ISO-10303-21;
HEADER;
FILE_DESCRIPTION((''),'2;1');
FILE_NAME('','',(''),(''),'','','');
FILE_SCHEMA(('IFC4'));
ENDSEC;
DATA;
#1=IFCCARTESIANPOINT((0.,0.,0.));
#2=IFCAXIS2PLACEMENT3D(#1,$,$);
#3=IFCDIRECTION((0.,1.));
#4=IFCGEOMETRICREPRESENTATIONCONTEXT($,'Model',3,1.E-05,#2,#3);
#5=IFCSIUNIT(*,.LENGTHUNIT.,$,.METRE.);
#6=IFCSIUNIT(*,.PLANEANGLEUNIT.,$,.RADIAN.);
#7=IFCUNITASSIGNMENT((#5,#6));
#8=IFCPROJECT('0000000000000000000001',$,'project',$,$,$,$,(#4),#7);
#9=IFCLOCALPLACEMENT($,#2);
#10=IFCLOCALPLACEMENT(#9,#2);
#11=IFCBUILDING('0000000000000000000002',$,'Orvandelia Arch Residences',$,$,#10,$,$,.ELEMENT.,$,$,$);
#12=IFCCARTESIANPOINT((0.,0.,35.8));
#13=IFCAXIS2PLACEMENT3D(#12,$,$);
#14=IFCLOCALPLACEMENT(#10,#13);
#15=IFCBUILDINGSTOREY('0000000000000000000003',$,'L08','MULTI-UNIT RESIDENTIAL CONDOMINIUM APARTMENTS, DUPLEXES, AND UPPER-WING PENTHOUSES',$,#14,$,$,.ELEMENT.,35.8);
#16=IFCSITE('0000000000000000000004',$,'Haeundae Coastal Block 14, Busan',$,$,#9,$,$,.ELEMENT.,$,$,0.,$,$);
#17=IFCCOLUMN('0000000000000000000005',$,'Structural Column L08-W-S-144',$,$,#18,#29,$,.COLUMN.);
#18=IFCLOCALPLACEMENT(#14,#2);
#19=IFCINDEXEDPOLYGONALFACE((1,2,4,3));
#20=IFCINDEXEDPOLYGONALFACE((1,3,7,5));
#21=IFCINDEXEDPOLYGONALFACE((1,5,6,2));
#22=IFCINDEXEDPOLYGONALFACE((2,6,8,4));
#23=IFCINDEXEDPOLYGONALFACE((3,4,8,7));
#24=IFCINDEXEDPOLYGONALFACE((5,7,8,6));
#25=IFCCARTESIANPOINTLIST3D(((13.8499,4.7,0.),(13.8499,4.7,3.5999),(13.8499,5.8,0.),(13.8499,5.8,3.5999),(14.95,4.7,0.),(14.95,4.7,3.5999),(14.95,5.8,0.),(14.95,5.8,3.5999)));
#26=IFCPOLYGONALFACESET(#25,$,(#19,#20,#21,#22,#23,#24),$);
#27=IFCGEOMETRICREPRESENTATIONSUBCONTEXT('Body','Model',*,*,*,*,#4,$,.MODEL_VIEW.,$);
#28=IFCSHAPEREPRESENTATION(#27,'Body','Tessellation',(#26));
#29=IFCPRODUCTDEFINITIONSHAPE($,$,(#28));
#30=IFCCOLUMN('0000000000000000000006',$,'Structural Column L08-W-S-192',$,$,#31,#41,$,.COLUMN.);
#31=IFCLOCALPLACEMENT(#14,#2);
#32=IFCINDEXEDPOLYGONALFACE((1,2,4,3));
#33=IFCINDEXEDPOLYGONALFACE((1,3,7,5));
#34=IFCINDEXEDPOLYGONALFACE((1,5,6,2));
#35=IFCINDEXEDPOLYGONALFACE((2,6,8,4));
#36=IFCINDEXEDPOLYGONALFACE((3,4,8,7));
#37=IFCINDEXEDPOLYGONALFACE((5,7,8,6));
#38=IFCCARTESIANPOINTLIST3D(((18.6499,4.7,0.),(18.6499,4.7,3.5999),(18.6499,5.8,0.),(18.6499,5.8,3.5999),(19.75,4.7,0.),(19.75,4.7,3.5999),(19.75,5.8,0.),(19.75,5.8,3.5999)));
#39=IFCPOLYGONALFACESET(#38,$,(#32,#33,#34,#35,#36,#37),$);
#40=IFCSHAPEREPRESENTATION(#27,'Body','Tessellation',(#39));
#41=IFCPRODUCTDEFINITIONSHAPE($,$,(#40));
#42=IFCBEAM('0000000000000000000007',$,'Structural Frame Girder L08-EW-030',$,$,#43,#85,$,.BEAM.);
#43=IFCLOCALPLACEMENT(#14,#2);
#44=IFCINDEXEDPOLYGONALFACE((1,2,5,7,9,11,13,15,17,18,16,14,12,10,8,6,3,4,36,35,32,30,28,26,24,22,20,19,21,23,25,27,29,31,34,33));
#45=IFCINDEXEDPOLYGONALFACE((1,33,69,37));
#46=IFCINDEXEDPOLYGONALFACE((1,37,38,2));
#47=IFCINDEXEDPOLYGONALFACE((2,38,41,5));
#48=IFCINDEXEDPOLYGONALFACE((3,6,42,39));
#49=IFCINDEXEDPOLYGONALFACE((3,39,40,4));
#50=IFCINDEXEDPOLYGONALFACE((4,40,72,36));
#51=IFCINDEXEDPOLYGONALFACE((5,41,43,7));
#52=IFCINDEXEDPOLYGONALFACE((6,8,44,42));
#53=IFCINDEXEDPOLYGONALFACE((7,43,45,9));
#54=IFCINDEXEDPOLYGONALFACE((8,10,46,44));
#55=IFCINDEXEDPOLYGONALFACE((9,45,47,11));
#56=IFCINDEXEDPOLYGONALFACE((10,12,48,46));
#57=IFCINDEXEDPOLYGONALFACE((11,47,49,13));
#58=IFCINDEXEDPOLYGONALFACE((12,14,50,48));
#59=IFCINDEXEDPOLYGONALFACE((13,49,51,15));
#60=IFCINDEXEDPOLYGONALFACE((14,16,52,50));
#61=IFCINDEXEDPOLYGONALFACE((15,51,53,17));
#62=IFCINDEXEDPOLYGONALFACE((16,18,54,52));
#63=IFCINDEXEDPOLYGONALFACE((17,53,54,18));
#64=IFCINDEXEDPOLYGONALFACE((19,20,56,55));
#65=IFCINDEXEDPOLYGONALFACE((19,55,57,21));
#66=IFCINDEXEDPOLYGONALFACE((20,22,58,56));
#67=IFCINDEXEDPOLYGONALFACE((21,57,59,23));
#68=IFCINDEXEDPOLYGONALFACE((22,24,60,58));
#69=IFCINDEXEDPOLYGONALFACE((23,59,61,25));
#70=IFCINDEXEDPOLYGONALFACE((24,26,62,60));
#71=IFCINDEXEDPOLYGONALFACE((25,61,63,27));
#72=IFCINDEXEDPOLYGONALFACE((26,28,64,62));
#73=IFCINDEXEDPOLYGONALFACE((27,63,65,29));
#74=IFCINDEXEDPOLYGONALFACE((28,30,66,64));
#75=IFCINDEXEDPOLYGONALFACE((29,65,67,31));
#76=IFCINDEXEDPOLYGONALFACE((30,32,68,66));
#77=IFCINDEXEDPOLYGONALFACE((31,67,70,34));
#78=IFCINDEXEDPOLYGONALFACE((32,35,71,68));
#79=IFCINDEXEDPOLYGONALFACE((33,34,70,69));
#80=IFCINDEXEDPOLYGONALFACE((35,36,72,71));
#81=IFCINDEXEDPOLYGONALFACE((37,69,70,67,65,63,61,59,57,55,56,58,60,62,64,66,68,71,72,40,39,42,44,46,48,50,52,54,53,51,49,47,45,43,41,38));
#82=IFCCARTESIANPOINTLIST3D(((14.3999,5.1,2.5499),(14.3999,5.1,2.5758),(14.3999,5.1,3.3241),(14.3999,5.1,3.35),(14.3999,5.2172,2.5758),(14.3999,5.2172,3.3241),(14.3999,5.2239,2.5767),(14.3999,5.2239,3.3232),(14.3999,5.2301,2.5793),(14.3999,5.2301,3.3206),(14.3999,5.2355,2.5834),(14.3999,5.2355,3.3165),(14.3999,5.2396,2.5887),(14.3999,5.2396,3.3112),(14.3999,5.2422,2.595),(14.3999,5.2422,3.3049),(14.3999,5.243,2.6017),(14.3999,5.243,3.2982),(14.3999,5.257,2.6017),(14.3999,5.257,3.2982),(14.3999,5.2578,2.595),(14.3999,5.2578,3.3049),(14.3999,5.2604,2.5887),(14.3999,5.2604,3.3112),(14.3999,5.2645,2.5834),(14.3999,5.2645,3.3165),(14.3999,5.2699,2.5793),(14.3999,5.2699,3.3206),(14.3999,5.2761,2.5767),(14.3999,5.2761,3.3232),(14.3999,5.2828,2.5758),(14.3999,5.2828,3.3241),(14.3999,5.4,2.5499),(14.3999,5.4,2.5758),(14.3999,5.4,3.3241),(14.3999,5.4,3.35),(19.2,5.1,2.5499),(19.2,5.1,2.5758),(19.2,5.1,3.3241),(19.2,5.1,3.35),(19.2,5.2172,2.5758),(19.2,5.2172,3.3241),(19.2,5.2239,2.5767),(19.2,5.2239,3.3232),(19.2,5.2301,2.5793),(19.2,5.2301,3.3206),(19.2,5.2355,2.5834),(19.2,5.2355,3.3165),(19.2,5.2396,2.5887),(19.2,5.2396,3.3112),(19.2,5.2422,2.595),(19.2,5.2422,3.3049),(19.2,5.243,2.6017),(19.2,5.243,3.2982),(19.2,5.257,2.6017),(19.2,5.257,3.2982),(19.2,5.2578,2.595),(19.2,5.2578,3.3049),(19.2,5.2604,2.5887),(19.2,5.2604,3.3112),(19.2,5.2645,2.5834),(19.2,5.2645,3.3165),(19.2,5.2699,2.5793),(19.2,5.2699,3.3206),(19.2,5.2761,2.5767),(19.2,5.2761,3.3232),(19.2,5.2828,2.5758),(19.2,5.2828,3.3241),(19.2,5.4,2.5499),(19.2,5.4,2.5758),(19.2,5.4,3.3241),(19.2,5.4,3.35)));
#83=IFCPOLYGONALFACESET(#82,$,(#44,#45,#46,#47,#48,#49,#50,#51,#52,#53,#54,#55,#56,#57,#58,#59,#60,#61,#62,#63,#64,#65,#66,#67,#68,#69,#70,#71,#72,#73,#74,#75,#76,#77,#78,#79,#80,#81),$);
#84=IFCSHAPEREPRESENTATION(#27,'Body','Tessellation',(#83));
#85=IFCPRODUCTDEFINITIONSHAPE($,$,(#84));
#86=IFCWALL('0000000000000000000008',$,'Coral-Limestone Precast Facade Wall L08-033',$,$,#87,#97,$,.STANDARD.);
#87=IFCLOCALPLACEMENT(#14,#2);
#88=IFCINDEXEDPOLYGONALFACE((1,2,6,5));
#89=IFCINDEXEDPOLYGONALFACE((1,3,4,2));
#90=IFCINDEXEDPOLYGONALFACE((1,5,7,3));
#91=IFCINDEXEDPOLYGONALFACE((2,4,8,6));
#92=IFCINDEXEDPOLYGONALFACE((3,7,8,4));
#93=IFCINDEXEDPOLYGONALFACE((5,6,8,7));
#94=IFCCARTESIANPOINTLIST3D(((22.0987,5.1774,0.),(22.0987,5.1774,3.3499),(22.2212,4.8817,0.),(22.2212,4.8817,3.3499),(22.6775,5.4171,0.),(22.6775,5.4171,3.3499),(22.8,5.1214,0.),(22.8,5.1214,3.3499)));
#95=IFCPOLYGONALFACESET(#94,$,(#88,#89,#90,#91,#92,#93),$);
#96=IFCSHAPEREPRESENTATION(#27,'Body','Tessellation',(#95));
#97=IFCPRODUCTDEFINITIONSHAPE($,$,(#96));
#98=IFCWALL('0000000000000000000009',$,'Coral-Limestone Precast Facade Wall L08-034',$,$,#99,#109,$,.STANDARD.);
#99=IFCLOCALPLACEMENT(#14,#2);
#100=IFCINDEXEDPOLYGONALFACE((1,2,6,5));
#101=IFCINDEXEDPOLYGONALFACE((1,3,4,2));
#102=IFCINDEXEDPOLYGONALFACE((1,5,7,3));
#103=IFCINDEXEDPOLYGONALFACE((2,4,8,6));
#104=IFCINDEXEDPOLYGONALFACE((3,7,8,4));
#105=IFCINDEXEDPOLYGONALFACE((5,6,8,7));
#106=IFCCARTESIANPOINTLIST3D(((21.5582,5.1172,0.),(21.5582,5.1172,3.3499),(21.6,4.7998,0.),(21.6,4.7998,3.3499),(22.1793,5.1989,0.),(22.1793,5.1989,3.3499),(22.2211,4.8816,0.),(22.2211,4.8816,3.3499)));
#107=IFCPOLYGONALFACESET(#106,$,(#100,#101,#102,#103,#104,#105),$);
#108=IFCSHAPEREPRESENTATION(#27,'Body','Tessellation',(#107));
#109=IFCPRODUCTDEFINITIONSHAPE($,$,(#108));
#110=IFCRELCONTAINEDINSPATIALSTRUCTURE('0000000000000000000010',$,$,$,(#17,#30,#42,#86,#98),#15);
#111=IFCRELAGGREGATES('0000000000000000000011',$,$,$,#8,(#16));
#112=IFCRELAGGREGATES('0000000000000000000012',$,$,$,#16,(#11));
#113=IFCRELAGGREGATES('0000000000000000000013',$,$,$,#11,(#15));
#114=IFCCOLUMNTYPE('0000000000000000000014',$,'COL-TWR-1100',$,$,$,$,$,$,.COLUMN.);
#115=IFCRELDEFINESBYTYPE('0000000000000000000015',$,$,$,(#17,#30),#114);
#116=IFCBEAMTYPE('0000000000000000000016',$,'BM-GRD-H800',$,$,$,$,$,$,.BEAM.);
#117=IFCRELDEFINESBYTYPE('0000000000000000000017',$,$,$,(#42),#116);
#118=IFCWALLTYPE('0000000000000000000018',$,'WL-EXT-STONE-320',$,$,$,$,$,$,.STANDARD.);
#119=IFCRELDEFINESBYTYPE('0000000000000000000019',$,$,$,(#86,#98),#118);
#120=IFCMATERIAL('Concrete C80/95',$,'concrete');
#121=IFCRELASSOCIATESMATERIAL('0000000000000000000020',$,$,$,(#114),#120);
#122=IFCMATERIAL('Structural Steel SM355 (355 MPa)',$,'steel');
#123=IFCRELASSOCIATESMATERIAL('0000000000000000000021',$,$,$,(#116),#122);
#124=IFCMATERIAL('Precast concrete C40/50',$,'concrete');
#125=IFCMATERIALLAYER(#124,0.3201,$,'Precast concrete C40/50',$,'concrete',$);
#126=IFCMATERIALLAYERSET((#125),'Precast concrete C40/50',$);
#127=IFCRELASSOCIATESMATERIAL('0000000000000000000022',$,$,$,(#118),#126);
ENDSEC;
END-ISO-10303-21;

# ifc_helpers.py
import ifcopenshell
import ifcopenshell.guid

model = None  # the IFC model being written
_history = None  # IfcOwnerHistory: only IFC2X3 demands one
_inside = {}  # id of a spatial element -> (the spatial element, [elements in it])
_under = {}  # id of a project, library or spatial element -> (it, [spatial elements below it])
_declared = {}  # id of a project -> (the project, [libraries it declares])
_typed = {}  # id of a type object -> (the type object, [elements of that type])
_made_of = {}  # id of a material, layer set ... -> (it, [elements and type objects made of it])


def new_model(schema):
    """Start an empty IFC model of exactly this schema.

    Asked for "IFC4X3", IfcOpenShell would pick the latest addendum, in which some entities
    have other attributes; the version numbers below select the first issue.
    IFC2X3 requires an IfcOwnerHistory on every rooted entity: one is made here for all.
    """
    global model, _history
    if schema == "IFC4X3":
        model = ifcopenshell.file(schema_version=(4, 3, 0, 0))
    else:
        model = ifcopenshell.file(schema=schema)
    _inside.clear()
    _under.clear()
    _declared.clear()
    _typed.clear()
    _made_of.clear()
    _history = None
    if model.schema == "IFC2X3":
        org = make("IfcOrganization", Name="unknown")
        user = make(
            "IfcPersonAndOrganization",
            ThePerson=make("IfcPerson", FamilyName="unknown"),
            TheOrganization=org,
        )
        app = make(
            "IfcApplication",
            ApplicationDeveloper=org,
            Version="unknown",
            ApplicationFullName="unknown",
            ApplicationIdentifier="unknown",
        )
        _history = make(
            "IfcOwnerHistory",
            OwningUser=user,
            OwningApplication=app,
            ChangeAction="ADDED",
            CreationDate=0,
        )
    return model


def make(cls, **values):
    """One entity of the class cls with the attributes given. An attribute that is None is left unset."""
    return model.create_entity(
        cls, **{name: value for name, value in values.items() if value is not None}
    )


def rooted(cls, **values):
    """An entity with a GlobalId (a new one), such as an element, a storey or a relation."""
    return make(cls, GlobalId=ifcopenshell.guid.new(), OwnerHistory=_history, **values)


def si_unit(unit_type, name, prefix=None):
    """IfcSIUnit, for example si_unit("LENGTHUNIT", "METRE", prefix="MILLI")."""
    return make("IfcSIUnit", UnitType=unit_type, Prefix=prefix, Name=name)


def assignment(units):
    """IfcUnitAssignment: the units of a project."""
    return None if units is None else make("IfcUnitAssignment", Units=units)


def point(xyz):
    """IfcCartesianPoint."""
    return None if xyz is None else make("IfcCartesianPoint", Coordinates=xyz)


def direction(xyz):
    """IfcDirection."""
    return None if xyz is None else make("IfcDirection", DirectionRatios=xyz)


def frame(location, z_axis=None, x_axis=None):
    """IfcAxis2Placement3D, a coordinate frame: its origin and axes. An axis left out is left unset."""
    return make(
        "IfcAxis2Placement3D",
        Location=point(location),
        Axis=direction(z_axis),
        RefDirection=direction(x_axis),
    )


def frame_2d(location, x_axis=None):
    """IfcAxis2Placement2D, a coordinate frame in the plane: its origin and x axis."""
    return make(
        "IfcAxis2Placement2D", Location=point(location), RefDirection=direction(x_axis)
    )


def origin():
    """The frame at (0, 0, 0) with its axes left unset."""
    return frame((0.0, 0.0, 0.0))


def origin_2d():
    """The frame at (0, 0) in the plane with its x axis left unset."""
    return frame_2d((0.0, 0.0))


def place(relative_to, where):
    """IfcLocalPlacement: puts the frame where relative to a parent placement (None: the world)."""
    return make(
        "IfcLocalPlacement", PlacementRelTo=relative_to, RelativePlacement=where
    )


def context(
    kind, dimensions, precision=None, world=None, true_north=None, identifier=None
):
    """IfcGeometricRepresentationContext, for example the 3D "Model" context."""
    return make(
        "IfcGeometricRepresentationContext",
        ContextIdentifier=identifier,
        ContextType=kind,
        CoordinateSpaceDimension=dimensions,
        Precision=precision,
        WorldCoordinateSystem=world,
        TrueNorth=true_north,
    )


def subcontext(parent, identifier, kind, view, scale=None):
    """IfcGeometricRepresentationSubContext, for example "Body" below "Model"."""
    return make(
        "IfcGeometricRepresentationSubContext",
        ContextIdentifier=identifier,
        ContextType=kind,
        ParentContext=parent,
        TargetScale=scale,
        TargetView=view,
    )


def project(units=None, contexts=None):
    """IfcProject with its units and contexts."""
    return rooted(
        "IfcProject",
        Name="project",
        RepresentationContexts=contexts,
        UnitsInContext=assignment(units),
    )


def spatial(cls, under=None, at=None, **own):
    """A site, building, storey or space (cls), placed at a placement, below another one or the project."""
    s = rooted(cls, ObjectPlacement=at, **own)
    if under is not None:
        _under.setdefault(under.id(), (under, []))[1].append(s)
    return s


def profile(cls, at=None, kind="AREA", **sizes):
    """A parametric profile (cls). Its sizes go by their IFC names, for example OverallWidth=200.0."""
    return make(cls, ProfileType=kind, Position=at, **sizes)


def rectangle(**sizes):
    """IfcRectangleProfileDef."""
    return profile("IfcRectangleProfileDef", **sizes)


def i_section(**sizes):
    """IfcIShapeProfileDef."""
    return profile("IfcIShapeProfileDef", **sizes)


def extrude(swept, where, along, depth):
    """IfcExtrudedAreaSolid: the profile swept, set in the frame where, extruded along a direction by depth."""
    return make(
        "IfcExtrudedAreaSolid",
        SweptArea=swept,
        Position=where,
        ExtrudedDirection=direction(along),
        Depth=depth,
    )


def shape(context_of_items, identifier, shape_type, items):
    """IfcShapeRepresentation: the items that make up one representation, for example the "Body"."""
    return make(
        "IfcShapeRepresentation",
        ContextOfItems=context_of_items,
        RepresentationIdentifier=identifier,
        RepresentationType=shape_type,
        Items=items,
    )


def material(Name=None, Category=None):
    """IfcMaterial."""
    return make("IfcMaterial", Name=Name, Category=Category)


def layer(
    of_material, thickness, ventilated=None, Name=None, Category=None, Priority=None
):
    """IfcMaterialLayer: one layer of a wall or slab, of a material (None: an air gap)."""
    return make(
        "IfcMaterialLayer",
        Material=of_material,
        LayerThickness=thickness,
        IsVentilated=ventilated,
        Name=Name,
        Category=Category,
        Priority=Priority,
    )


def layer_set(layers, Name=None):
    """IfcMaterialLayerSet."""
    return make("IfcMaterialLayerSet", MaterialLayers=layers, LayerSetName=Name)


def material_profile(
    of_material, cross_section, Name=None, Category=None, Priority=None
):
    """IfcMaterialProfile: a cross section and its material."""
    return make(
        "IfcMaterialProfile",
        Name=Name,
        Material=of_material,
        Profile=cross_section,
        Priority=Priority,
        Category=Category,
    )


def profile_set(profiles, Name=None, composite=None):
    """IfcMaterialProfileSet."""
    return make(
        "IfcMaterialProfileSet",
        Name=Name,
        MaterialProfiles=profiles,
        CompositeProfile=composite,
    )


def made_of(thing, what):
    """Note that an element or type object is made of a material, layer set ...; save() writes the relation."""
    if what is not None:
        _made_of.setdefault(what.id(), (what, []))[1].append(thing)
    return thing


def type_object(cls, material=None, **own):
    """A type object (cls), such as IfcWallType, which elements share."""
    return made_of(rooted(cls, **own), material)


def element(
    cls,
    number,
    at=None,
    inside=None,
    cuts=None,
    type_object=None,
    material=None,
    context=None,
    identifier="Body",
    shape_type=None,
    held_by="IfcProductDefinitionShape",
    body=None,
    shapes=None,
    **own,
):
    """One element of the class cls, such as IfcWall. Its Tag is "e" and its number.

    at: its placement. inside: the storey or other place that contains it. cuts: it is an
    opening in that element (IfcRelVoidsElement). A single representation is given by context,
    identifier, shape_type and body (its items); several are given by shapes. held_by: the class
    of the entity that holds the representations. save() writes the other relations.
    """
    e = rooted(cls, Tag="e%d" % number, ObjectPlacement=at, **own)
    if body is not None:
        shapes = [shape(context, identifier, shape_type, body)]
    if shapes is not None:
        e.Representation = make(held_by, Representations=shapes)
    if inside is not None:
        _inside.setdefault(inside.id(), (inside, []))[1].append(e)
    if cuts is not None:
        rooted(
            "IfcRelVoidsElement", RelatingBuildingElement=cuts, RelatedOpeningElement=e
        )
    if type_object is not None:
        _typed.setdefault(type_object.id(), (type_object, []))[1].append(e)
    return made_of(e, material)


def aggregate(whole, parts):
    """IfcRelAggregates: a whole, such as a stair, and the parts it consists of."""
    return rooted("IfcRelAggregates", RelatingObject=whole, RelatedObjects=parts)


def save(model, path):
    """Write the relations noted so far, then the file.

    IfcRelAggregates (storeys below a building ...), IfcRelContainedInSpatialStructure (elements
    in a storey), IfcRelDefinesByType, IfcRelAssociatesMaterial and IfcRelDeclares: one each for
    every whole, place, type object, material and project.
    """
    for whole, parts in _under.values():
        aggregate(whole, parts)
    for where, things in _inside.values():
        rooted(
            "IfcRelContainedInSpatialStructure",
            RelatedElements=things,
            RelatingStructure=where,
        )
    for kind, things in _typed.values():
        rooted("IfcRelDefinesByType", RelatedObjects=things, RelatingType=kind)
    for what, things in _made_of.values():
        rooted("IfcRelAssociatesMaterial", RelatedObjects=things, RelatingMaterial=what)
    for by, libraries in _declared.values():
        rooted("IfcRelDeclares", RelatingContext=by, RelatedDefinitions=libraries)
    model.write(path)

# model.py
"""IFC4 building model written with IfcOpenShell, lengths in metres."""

from ifc_helpers import new_model, si_unit, direction, frame, frame_2d, origin, origin_2d, place, context, subcontext, project, spatial, rectangle, i_section, extrude, material, layer, layer_set, material_profile, profile_set, type_object, element, save


model = new_model("IFC4")

# Units and contexts
model_context = context("Model", 3, precision=1e-05, world=origin(), true_north=direction((0.0, 1.0)))
body_context = subcontext(model_context, "Body", "Model", "MODEL_VIEW")
ifc_project = project(units=[si_unit("LENGTHUNIT", "METRE"), si_unit("PLANEANGLEUNIT", "RADIAN")], contexts=[model_context])

# Site, building, storey
site_placement = place(None, origin())
site = spatial("IfcSite", under=ifc_project, at=site_placement, Name="Haeundae Coastal Block 14, Busan", CompositionType="ELEMENT", RefElevation=0.0)
building_placement = place(site_placement, origin())
building = spatial("IfcBuilding", under=site, at=building_placement, Name="Orvandelia Arch Residences", CompositionType="ELEMENT")
storey_placement = place(building_placement, frame((0.0, 0.0, 35.8)))
storey = spatial("IfcBuildingStorey", under=building, at=storey_placement, Name="L08", Description="MULTI-UNIT RESIDENTIAL CONDOMINIUM APARTMENTS, DUPLEXES, AND UPPER-WING PENTHOUSES", CompositionType="ELEMENT", Elevation=35.8)

# Columns
ifc_material_1 = material(Name="Concrete C80/95", Category="concrete")
ifc_material_profile_1 = material_profile(ifc_material_1, rectangle(XDim=1.1001, YDim=1.1001, at=origin_2d()), Name="Concrete C80/95", Category="concrete")
ifc_profile_set_1 = profile_set([ifc_material_profile_1], Name="Concrete C80/95")
column_type = type_object("IfcColumnType", Name="COL-TWR-1100", PredefinedType="COLUMN", material=ifc_profile_set_1)
for number, where, z_axis, x_axis, name in (
    (1, (14.3999, 5.25, 0.0), (0.0, 0.0, 1.0), (1.0, 0.0, 0.0), "Structural Column L08-W-S-144"),
    (2, (19.2, 5.25, 0.0), (0.0, 0.0, 1.0), (1.0, 0.0, 0.0), "Structural Column L08-W-S-192"),
):
    element("IfcColumn", number, at=place(storey_placement, frame(where, z_axis=z_axis, x_axis=x_axis)), inside=storey, type_object=column_type, Name=name, PredefinedType="COLUMN", context=body_context, shape_type="SweptSolid", body=[
        extrude(rectangle(XDim=1.1001, YDim=1.1001, at=origin_2d()), origin(), (0.0, 0.0, 1.0), 3.5999),
    ])

# Beam
ifc_material_2 = material(Name="Structural Steel SM355 (355 MPa)", Category="steel")
ifc_material_profile_2 = material_profile(ifc_material_2, i_section(OverallWidth=0.3, OverallDepth=0.8, WebThickness=0.0139, FlangeThickness=0.0259, FilletRadius=0.0259, at=origin_2d()), Name="Structural Steel SM355 (355 MPa)", Category="steel")
ifc_profile_set_2 = profile_set([ifc_material_profile_2], Name="Structural Steel SM355 (355 MPa)")
beam_type = type_object("IfcBeamType", Name="BM-GRD-H800", PredefinedType="BEAM", material=ifc_profile_set_2)
beam_placement = place(storey_placement, frame((14.3999, 5.25, 2.95), z_axis=(1.0, 0.0, 0.0), x_axis=(0.0, 1.0, 0.0)))
element("IfcBeam", 3, at=beam_placement, inside=storey, type_object=beam_type, Name="Structural Frame Girder L08-EW-030", PredefinedType="BEAM", context=body_context, shape_type="SweptSolid", body=[
    extrude(i_section(OverallWidth=0.3, OverallDepth=0.8, WebThickness=0.0139, FlangeThickness=0.0259, FilletRadius=0.0259, at=origin_2d()), origin(), (0.0, 0.0, 1.0), 4.8),
])

# Walls
ifc_material_3 = material(Name="Precast concrete C40/50", Category="concrete")
ifc_layer_1 = layer(ifc_material_3, 0.3201, Name="Precast concrete C40/50", Category="concrete")
ifc_layer_set_1 = layer_set([ifc_layer_1], Name="Precast concrete C40/50")
wall_type_1 = type_object("IfcWallType", Name="WL-EXT-STONE-320", PredefinedType="STANDARD", material=ifc_layer_set_1)
for number, where, z_axis, x_axis, name in (
    (4, (22.7388, 5.2693, 0.0), (0.0, 0.0, 1.0), (-0.923893, -0.38265, 0.0), "Coral-Limestone Precast Facade Wall L08-033"),
    (5, (22.2002, 5.0403, 0.0), (0.0, 0.0, 1.0), (-0.991441, -0.130555, 0.0), "Coral-Limestone Precast Facade Wall L08-034"),
):
    element("IfcWall", number, at=place(storey_placement, frame(where, z_axis=z_axis, x_axis=x_axis)), inside=storey, type_object=wall_type_1, Name=name, PredefinedType="STANDARD", context=body_context, shape_type="SweptSolid", body=[
        extrude(rectangle(XDim=0.6265, YDim=0.3201, at=frame_2d((0.3132, 0.0))), origin(), (0.0, 0.0, 1.0), 3.3499),
    ])

save(model, "model.ifc")
